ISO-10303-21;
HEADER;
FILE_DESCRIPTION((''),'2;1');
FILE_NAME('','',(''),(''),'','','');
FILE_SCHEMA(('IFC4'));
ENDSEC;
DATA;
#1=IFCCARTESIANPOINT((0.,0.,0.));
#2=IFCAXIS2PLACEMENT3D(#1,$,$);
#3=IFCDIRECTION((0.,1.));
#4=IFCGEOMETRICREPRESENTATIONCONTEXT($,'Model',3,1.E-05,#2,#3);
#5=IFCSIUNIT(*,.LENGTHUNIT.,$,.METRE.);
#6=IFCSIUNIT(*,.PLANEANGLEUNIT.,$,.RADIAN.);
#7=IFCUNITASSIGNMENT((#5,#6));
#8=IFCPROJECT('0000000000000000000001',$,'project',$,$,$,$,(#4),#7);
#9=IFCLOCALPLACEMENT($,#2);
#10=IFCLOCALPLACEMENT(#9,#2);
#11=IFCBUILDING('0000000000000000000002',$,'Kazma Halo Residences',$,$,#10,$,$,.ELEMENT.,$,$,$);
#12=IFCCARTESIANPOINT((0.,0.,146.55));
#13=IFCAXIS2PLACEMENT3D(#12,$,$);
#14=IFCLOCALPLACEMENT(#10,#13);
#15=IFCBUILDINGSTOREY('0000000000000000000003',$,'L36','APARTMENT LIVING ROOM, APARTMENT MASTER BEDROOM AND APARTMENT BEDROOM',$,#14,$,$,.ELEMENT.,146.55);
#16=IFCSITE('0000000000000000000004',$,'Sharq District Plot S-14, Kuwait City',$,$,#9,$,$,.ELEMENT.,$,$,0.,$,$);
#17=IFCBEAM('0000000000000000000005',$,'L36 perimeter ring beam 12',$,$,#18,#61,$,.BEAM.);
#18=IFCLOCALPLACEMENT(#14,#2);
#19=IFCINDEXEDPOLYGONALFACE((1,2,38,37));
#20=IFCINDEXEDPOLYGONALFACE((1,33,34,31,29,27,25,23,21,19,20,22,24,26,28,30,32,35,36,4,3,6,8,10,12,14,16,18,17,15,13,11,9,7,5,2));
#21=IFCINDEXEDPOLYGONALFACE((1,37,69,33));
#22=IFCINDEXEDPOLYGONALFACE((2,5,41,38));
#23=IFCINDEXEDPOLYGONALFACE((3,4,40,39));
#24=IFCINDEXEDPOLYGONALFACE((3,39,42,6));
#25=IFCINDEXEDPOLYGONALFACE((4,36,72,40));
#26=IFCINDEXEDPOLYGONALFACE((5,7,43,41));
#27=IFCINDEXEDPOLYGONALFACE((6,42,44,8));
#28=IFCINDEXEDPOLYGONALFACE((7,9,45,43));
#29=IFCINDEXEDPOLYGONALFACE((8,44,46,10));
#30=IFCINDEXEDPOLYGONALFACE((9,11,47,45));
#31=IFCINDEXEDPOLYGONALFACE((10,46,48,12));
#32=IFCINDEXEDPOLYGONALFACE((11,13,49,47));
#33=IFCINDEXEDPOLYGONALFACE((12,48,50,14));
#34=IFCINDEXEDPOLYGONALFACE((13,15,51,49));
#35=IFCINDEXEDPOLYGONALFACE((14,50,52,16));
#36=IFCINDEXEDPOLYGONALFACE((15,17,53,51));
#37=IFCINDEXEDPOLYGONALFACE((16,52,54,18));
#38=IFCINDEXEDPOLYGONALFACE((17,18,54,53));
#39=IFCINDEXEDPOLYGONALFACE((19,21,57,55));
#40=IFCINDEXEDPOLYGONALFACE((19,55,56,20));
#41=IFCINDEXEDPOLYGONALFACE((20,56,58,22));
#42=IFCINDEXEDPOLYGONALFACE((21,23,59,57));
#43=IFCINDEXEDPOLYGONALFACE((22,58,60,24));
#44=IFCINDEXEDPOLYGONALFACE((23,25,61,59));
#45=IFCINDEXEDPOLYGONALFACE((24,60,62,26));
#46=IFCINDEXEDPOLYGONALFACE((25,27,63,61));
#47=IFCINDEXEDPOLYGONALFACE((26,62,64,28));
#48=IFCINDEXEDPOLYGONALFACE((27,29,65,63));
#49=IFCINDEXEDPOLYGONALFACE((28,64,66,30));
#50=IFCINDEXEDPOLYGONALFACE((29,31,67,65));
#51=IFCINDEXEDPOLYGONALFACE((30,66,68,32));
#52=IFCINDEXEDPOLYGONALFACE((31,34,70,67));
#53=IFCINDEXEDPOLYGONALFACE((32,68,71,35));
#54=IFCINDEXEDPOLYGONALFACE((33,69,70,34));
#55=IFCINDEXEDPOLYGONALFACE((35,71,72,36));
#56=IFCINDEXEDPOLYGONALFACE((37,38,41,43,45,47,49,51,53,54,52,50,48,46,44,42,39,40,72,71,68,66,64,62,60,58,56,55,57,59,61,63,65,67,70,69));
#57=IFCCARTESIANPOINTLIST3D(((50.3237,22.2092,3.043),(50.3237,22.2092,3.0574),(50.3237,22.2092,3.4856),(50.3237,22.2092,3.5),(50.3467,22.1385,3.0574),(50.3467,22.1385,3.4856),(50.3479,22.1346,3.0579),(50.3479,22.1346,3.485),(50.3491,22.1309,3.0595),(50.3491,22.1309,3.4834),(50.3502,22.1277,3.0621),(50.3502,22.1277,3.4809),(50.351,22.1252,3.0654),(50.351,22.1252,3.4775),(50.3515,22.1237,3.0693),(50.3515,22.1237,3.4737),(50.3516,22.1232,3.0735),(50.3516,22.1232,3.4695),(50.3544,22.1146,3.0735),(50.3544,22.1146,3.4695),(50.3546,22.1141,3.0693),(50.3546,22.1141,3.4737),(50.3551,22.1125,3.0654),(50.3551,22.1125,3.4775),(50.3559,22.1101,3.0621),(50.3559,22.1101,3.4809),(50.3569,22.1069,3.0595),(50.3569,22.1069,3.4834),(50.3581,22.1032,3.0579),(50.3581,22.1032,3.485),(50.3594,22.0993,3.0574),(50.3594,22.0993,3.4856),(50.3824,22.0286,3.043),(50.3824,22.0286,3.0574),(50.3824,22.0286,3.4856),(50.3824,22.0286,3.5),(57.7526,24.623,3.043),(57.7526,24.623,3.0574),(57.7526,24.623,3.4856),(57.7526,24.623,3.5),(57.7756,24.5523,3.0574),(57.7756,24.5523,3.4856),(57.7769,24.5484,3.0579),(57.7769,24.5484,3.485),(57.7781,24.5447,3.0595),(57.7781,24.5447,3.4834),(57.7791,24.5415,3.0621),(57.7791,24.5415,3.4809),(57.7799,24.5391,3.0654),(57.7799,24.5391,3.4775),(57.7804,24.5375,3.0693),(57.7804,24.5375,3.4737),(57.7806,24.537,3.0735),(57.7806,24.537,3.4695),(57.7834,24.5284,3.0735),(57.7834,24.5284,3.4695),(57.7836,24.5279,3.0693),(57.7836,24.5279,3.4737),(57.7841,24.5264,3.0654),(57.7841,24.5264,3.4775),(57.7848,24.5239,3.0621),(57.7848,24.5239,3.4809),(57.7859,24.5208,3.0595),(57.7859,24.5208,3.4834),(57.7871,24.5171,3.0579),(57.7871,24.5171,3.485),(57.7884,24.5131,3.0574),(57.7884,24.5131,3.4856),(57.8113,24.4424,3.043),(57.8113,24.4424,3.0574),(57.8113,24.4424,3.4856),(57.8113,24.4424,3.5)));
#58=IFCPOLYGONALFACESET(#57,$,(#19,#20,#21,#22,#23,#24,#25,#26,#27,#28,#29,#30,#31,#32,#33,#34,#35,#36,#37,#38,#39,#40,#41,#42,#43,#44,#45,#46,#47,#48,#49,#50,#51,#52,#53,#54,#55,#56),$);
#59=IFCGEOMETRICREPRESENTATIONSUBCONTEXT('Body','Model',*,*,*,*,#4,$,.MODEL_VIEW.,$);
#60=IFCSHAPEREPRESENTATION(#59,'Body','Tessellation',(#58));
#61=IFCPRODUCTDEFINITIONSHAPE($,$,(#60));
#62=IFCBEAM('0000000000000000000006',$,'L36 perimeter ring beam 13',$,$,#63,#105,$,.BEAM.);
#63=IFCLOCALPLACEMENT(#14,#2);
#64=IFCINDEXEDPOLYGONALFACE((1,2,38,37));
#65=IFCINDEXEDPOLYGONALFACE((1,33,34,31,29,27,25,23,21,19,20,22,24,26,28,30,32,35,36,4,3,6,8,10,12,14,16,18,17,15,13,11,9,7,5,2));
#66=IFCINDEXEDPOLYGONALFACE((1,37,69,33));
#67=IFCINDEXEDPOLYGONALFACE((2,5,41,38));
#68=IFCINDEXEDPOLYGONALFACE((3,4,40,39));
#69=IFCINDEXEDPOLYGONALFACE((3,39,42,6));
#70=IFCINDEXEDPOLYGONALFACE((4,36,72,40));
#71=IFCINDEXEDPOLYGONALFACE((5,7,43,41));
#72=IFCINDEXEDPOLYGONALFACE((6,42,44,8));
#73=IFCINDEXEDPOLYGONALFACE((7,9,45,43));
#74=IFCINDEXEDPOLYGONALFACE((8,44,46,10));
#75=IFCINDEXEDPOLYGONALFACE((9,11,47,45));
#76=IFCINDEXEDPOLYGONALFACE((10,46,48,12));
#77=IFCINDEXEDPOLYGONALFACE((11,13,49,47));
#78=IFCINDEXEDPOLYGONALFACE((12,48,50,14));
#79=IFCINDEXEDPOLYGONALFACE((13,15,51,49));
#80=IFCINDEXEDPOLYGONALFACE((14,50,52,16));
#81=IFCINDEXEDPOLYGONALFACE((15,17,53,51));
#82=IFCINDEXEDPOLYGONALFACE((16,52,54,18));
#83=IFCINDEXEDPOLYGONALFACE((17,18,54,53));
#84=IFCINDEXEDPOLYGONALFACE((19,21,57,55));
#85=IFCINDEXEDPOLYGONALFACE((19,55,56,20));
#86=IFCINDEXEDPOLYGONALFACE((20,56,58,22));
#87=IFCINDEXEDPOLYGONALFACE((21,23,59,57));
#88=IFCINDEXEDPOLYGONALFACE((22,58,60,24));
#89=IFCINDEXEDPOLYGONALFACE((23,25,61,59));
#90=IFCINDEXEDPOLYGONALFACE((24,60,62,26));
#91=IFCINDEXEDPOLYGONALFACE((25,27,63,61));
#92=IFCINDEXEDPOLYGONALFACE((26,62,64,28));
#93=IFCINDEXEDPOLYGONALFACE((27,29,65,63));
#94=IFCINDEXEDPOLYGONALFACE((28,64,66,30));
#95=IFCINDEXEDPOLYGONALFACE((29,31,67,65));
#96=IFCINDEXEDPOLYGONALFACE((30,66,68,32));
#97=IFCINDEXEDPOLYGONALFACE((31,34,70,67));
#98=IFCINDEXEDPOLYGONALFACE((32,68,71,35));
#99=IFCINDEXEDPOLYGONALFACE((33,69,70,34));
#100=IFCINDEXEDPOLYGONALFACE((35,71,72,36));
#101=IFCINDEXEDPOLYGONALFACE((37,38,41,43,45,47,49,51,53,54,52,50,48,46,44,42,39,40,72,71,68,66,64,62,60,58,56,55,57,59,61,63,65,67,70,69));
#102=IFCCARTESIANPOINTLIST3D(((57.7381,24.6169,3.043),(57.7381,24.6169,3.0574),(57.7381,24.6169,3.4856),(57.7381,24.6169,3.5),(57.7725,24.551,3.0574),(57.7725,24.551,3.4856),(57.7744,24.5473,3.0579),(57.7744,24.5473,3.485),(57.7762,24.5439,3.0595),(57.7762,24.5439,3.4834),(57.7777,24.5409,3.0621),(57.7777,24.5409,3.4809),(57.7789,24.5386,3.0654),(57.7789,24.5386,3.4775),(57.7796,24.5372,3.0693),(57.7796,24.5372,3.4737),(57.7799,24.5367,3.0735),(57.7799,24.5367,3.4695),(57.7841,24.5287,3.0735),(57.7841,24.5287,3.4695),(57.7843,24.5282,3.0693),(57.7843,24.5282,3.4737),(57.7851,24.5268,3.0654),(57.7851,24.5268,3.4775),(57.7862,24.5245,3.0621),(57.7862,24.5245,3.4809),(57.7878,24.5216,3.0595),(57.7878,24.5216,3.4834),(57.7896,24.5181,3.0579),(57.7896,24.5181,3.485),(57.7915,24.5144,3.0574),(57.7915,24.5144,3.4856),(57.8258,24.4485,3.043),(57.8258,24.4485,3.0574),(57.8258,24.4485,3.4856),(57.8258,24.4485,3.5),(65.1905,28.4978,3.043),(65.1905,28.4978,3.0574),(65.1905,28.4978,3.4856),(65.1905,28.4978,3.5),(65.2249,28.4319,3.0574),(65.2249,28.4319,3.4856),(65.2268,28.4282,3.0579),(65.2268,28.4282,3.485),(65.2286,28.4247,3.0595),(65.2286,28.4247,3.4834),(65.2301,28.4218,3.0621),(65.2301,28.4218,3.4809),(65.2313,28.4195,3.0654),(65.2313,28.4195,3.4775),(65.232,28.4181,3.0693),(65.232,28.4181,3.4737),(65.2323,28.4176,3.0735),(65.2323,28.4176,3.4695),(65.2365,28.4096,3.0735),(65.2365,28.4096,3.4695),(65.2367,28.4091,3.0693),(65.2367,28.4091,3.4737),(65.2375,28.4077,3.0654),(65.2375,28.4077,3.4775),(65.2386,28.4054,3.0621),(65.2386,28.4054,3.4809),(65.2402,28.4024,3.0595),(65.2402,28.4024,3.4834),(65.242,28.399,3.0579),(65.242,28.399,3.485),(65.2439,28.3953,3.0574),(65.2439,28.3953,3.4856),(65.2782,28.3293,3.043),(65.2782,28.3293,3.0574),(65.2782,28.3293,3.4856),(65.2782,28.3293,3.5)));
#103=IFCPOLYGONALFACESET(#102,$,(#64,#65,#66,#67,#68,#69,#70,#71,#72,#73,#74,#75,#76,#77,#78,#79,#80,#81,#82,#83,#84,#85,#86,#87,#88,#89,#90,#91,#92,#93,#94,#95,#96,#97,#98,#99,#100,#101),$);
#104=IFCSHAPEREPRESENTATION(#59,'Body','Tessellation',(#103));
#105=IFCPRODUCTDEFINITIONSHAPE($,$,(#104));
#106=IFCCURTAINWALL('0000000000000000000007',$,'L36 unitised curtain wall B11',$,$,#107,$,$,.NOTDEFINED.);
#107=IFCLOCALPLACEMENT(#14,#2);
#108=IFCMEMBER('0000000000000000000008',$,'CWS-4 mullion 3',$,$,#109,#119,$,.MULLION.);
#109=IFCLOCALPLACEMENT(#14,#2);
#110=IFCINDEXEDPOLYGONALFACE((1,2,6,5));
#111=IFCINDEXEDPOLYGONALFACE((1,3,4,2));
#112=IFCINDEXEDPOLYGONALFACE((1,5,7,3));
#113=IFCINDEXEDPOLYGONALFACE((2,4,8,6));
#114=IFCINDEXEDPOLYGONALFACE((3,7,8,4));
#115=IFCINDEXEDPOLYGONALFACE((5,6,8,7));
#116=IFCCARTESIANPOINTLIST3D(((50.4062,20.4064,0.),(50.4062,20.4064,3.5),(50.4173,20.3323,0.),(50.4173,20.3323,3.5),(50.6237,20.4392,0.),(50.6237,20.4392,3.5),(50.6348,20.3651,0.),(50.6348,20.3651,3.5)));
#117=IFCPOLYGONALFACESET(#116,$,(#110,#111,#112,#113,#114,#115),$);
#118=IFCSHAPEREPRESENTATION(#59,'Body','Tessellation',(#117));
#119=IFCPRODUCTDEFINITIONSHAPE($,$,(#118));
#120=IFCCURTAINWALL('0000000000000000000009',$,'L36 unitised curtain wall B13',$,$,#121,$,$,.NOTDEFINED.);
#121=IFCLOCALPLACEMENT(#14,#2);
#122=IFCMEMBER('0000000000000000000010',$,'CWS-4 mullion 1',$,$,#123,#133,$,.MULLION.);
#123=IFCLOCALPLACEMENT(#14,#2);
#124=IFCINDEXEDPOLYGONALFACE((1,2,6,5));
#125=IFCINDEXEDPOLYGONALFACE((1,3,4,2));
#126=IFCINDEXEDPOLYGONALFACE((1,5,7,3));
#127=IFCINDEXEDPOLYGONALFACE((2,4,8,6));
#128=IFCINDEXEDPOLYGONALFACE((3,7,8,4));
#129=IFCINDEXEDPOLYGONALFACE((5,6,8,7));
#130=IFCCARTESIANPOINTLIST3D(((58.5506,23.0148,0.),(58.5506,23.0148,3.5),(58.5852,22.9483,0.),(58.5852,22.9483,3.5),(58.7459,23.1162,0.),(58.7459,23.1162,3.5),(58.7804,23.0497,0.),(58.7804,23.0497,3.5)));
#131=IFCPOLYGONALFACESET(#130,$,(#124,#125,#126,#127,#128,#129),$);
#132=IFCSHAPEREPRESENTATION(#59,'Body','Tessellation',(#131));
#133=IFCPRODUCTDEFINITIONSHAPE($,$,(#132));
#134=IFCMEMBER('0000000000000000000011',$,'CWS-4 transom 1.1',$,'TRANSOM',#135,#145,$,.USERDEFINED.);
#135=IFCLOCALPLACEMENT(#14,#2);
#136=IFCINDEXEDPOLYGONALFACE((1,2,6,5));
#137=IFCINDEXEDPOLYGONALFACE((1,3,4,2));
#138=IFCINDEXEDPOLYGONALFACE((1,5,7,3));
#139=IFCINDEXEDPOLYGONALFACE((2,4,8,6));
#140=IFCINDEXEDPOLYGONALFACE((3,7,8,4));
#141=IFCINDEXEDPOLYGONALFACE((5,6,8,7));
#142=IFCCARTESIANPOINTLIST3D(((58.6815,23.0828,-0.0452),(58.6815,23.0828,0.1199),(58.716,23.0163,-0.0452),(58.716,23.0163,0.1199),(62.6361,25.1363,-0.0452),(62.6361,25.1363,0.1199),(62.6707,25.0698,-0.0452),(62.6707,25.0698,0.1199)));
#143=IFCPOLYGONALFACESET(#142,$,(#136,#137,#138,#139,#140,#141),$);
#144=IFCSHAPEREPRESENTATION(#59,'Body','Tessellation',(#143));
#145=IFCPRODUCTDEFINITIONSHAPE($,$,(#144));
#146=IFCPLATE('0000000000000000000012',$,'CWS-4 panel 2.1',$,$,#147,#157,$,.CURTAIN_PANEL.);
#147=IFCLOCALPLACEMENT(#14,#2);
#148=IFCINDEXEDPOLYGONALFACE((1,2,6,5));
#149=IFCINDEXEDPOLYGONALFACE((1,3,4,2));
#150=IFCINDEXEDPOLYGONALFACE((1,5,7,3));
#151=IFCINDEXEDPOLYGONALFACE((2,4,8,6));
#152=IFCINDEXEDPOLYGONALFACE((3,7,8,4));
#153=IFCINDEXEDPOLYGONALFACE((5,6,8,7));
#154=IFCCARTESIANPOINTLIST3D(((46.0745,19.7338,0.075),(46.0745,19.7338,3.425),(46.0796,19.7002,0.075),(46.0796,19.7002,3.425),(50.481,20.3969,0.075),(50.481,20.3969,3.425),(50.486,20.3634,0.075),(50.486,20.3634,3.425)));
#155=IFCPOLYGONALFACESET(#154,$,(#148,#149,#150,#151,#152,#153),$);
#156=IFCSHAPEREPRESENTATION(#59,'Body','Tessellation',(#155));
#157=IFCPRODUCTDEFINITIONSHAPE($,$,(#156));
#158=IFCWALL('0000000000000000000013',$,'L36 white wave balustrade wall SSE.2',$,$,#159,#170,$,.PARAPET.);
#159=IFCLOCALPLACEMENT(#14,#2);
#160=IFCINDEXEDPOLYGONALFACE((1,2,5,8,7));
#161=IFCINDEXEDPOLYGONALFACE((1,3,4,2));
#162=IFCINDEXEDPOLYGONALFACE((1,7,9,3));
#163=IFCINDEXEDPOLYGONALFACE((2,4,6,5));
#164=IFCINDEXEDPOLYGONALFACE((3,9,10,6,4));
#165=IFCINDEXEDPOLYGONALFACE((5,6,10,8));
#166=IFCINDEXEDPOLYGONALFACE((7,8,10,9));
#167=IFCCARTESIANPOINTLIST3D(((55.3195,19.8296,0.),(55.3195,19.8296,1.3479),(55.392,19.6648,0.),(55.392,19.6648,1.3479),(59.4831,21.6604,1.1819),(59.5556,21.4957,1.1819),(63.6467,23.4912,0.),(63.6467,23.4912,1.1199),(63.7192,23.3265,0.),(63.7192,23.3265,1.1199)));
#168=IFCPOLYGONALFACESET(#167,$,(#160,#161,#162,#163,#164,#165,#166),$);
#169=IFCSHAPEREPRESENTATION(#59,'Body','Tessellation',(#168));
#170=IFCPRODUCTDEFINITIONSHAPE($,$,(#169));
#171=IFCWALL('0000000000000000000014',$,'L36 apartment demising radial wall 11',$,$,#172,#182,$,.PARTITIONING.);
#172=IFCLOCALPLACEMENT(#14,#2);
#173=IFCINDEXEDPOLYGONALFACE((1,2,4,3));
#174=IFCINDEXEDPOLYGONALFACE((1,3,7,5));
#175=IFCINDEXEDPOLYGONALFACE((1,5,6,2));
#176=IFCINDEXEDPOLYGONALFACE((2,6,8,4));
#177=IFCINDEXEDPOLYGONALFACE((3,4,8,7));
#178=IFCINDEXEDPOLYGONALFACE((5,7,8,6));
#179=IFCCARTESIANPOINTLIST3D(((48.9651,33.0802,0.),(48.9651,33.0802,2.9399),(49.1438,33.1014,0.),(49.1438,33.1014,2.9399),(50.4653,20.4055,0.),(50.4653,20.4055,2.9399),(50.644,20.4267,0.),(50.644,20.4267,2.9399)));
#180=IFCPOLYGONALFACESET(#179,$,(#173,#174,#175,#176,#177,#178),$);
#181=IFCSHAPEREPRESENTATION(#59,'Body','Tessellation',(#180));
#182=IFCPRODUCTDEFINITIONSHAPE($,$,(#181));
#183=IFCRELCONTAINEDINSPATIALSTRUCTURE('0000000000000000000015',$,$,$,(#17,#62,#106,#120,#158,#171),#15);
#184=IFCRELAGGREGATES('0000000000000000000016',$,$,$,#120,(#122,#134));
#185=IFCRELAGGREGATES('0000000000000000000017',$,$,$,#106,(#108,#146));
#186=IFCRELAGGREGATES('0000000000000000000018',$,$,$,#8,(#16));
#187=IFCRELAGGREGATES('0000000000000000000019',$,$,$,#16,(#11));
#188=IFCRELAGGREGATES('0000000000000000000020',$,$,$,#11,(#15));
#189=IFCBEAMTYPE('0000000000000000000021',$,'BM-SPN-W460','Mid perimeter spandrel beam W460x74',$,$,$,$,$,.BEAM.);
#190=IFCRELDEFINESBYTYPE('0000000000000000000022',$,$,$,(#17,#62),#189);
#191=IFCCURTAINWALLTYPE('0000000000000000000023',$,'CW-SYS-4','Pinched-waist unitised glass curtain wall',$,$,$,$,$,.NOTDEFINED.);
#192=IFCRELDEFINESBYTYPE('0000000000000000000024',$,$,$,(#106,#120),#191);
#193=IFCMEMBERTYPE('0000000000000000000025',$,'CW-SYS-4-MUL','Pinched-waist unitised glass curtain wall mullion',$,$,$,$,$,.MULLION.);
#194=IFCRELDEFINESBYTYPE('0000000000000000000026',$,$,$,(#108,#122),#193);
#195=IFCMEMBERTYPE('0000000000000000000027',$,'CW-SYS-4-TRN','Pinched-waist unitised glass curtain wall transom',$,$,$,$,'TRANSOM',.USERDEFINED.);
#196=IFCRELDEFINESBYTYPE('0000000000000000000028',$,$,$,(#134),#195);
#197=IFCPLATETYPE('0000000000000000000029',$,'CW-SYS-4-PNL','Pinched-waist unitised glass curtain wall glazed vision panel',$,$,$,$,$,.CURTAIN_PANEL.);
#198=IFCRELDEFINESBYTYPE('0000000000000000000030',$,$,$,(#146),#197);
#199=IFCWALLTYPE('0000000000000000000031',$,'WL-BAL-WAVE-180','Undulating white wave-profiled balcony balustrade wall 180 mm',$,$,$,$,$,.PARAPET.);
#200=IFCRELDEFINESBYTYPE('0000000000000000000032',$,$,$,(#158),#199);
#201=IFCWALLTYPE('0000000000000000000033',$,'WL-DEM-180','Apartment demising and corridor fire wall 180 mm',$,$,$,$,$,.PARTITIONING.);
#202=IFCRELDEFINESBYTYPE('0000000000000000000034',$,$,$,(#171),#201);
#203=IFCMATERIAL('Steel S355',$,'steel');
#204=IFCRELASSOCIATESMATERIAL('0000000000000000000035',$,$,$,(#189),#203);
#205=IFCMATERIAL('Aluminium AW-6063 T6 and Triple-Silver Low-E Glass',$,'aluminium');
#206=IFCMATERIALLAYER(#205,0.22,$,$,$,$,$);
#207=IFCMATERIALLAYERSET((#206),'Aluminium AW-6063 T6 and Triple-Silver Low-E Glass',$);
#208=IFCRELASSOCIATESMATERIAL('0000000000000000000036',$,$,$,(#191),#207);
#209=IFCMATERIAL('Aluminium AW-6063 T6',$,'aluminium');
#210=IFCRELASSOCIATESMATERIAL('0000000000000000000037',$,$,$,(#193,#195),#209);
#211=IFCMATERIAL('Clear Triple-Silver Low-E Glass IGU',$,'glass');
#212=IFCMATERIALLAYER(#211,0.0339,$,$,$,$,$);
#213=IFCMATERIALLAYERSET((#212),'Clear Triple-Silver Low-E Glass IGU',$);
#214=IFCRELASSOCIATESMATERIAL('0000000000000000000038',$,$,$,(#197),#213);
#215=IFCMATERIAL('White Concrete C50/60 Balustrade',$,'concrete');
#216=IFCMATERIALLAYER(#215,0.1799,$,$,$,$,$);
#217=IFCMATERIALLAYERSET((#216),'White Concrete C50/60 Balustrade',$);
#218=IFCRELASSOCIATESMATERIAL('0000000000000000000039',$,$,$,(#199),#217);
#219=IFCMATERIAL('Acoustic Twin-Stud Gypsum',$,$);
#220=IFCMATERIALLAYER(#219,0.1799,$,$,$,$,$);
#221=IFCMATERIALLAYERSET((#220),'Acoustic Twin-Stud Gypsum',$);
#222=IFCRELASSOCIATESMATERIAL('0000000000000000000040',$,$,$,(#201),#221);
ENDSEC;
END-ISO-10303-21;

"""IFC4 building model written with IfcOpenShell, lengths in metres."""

from ifc_helpers import new_model, si_unit, direction, frame, frame_2d, origin, origin_2d, place, context, subcontext, project, spatial, polyline, rectangle, i_section, outline, extrude, material, layer, layer_set, material_profile, profile_set, type_object, element, aggregate, save


model = new_model("IFC4")

# Units and contexts
model_context = context("Model", 3, precision=1e-05, world=origin(), true_north=direction((0.0, 1.0)))
body_context = subcontext(model_context, "Body", "Model", "MODEL_VIEW")
ifc_project = project(units=[si_unit("LENGTHUNIT", "METRE"), si_unit("PLANEANGLEUNIT", "RADIAN")], contexts=[model_context])

# Site, building, storey
site_placement = place(None, origin())
site = spatial("IfcSite", under=ifc_project, at=site_placement, Name="Sharq District Plot S-14, Kuwait City", CompositionType="ELEMENT", RefElevation=0.0)
building_placement = place(site_placement, origin())
building = spatial("IfcBuilding", under=site, at=building_placement, Name="Kazma Halo Residences", CompositionType="ELEMENT")
storey_placement = place(building_placement, frame((0.0, 0.0, 146.55)))
storey = spatial("IfcBuildingStorey", under=building, at=storey_placement, Name="L36", Description="APARTMENT LIVING ROOM, APARTMENT MASTER BEDROOM AND APARTMENT BEDROOM", CompositionType="ELEMENT", Elevation=146.55)

# Beams
ifc_material_1 = material(Name="Steel S355", Category="steel")
ifc_material_profile_1 = material_profile(ifc_material_1, i_section(OverallWidth=0.1899, OverallDepth=0.457, WebThickness=0.009, FlangeThickness=0.0144, FilletRadius=0.0161, at=origin_2d()), Name="W460x74")
ifc_profile_set_1 = profile_set([ifc_material_profile_1], Name="Steel S355")
beam_type_1 = type_object("IfcBeamType", Name="BM-SPN-W460", Description="Mid perimeter spandrel beam W460x74", PredefinedType="BEAM", material=ifc_profile_set_1)
beam_1_placement = place(storey_placement, frame((50.353, 22.1189, 3.2715), z_axis=(0.951056, 0.309018, 0.0), x_axis=(-0.309018, 0.951056, 0.0)))
element("IfcBeam", 1, at=beam_1_placement, inside=storey, type_object=beam_type_1, Name="L36 perimeter ring beam 12", PredefinedType="BEAM", context=body_context, shape_type="SweptSolid", body=[
    extrude(i_section(OverallWidth=0.1899, OverallDepth=0.457, WebThickness=0.009, FlangeThickness=0.0144, FilletRadius=0.0161, at=origin_2d()), origin(), (0.0, 0.0, 1.0), 7.8113),
])
beam_2_placement = place(storey_placement, frame((57.782, 24.5327, 3.2715), z_axis=(0.886943, 0.461879, 0.0), x_axis=(-0.461879, 0.886943, 0.0)))
element("IfcBeam", 2, at=beam_2_placement, inside=storey, type_object=beam_type_1, Name="L36 perimeter ring beam 13", PredefinedType="BEAM", context=body_context, shape_type="SweptSolid", body=[
    extrude(i_section(OverallWidth=0.1899, OverallDepth=0.457, WebThickness=0.009, FlangeThickness=0.0144, FilletRadius=0.0161, at=origin_2d()), origin(), (0.0, 0.0, 1.0), 8.4023),
])

# Curtain wall, member
ifc_material_2 = material(Name="Aluminium AW-6063 T6 and Triple-Silver Low-E Glass", Category="aluminium")
ifc_layer_1 = layer(ifc_material_2, 0.22)
ifc_layer_set_1 = layer_set([ifc_layer_1], Name="Aluminium AW-6063 T6 and Triple-Silver Low-E Glass")
curtain_wall_type = type_object("IfcCurtainWallType", Name="CW-SYS-4", Description="Pinched-waist unitised glass curtain wall", PredefinedType="NOTDEFINED", material=ifc_layer_set_1)
curtain_wall_1_placement = place(storey_placement, origin())
curtain_wall_1 = element("IfcCurtainWall", 3, at=curtain_wall_1_placement, inside=storey, type_object=curtain_wall_type, Name="L36 unitised curtain wall B11", PredefinedType="NOTDEFINED")
ifc_material_3 = material(Name="Aluminium AW-6063 T6", Category="aluminium")
ifc_material_profile_2 = material_profile(ifc_material_3, rectangle(XDim=0.075, YDim=0.22, at=origin_2d()), Name="CWM-75x220")
ifc_profile_set_2 = profile_set([ifc_material_profile_2], Name="Aluminium AW-6063 T6")
member_type_1 = type_object("IfcMemberType", Name="CW-SYS-4-MUL", Description="Pinched-waist unitised glass curtain wall mullion", PredefinedType="MULLION", material=ifc_profile_set_2)
member_1_placement = place(storey_placement, frame((50.5205, 20.3857, 0.0), z_axis=(0.0, 0.0, 1.0), x_axis=(-0.148821, 0.988864, 0.0)))
member_1 = element("IfcMember", 4, at=member_1_placement, type_object=member_type_1, Name="CWS-4 mullion 3", PredefinedType="MULLION", context=body_context, shape_type="SweptSolid", body=[
    extrude(rectangle(XDim=0.075, YDim=0.22, at=origin_2d()), origin(), (0.0, 0.0, 1.0), 3.5),
])

# Curtain wall, members
curtain_wall_2_placement = place(storey_placement, origin())
curtain_wall_2 = element("IfcCurtainWall", 5, at=curtain_wall_2_placement, inside=storey, type_object=curtain_wall_type, Name="L36 unitised curtain wall B13", PredefinedType="NOTDEFINED")
member_2_placement = place(storey_placement, frame((58.6655, 23.0322, 0.0), z_axis=(0.0, 0.0, 1.0), x_axis=(-0.460837, 0.887485, 0.0)))
member_2 = element("IfcMember", 6, at=member_2_placement, type_object=member_type_1, Name="CWS-4 mullion 1", PredefinedType="MULLION", context=body_context, shape_type="SweptSolid", body=[
    extrude(rectangle(XDim=0.075, YDim=0.22, at=origin_2d()), origin(), (0.0, 0.0, 1.0), 3.5),
])
ifc_material_profile_3 = material_profile(ifc_material_3, rectangle(XDim=0.075, YDim=0.165, at=origin_2d()), Name="CWT-75x165")
ifc_profile_set_3 = profile_set([ifc_material_profile_3], Name="Aluminium AW-6063 T6")
member_type_2 = type_object("IfcMemberType", Name="CW-SYS-4-TRN", Description="Pinched-waist unitised glass curtain wall transom", ElementType="TRANSOM", PredefinedType="USERDEFINED", material=ifc_profile_set_3)
member_3_placement = place(storey_placement, frame((58.6987, 23.0496, 0.0374), z_axis=(0.887485, 0.460837, 0.0), x_axis=(-0.460837, 0.887485, 0.0)))
member_3 = element("IfcMember", 7, at=member_3_placement, type_object=member_type_2, Name="CWS-4 transom 1.1", ObjectType="TRANSOM", PredefinedType="USERDEFINED", context=body_context, shape_type="SweptSolid", body=[
    extrude(rectangle(XDim=0.075, YDim=0.165, at=origin_2d()), origin(), (0.0, 0.0, 1.0), 4.4561),
])
aggregate(curtain_wall_2, [member_2, member_3])

# Plate
ifc_material_4 = material(Name="Clear Triple-Silver Low-E Glass IGU", Category="glass")
ifc_layer_2 = layer(ifc_material_4, 0.0339)
ifc_layer_set_2 = layer_set([ifc_layer_2], Name="Clear Triple-Silver Low-E Glass IGU")
plate_type = type_object("IfcPlateType", Name="CW-SYS-4-PNL", Description="Pinched-waist unitised glass curtain wall glazed vision panel", PredefinedType="CURTAIN_PANEL", material=ifc_layer_set_2)
plate_placement = place(storey_placement, frame((48.2803, 20.0486, 0.075), z_axis=(0.0, 0.0, 1.0), x_axis=(0.988864, 0.148821, 0.0)))
plate = element("IfcPlate", 8, at=plate_placement, type_object=plate_type, Name="CWS-4 panel 2.1", PredefinedType="CURTAIN_PANEL", context=body_context, shape_type="SweptSolid", body=[
    extrude(rectangle(XDim=4.4561, YDim=0.0339, at=origin_2d()), origin(), (0.0, 0.0, 1.0), 3.3501),
])
aggregate(curtain_wall_1, [member_1, plate])

# Walls
ifc_material_5 = material(Name="White Concrete C50/60 Balustrade", Category="concrete")
ifc_layer_3 = layer(ifc_material_5, 0.1799)
ifc_layer_set_3 = layer_set([ifc_layer_3], Name="White Concrete C50/60 Balustrade")
wall_type_1 = type_object("IfcWallType", Name="WL-BAL-WAVE-180", Description="Undulating white wave-profiled balcony balustrade wall 180 mm", PredefinedType="PARAPET", material=ifc_layer_set_3)
wall_1_placement = place(storey_placement, frame((55.3557, 19.7473, 0.0), z_axis=(0.0, 0.0, 1.0), x_axis=(0.915409, 0.402525, 0.0)))
element("IfcWall", 9, at=wall_1_placement, inside=storey, type_object=wall_type_1, Name="L36 white wave balustrade wall SSE.2", PredefinedType="PARAPET", context=body_context, shape_type="SweptSolid", body=[
    extrude(outline(polyline([(0.0, 0.0), (9.0967, 0.0), (9.0967, 1.1199), (4.5483, 1.1819), (0.0, 1.3479), (0.0, 0.0)])), frame((0.0, 0.0898, 0.0), z_axis=(0.0, -1.0, 0.0), x_axis=(1.0, 0.0, 0.0)), (0.0, 0.0, 1.0), 0.1799),
])
ifc_material_6 = material(Name="Acoustic Twin-Stud Gypsum")
ifc_layer_4 = layer(ifc_material_6, 0.1799)
ifc_layer_set_4 = layer_set([ifc_layer_4], Name="Acoustic Twin-Stud Gypsum")
wall_type_2 = type_object("IfcWallType", Name="WL-DEM-180", Description="Apartment demising and corridor fire wall 180 mm", PredefinedType="PARTITIONING", material=ifc_layer_set_4)
wall_2_placement = place(storey_placement, frame((49.0544, 33.0908, 0.0), z_axis=(0.0, 0.0, 1.0), x_axis=(0.117544, -0.993068, 0.0)))
element("IfcWall", 10, at=wall_2_placement, inside=storey, type_object=wall_type_2, Name="L36 apartment demising radial wall 11", PredefinedType="PARTITIONING", context=body_context, shape_type="SweptSolid", body=[
    extrude(rectangle(XDim=12.7632, YDim=0.1799, at=frame_2d((6.3816, 0.0))), origin(), (0.0, 0.0, 1.0), 2.9399),
])

save(model, "model.ifc")
